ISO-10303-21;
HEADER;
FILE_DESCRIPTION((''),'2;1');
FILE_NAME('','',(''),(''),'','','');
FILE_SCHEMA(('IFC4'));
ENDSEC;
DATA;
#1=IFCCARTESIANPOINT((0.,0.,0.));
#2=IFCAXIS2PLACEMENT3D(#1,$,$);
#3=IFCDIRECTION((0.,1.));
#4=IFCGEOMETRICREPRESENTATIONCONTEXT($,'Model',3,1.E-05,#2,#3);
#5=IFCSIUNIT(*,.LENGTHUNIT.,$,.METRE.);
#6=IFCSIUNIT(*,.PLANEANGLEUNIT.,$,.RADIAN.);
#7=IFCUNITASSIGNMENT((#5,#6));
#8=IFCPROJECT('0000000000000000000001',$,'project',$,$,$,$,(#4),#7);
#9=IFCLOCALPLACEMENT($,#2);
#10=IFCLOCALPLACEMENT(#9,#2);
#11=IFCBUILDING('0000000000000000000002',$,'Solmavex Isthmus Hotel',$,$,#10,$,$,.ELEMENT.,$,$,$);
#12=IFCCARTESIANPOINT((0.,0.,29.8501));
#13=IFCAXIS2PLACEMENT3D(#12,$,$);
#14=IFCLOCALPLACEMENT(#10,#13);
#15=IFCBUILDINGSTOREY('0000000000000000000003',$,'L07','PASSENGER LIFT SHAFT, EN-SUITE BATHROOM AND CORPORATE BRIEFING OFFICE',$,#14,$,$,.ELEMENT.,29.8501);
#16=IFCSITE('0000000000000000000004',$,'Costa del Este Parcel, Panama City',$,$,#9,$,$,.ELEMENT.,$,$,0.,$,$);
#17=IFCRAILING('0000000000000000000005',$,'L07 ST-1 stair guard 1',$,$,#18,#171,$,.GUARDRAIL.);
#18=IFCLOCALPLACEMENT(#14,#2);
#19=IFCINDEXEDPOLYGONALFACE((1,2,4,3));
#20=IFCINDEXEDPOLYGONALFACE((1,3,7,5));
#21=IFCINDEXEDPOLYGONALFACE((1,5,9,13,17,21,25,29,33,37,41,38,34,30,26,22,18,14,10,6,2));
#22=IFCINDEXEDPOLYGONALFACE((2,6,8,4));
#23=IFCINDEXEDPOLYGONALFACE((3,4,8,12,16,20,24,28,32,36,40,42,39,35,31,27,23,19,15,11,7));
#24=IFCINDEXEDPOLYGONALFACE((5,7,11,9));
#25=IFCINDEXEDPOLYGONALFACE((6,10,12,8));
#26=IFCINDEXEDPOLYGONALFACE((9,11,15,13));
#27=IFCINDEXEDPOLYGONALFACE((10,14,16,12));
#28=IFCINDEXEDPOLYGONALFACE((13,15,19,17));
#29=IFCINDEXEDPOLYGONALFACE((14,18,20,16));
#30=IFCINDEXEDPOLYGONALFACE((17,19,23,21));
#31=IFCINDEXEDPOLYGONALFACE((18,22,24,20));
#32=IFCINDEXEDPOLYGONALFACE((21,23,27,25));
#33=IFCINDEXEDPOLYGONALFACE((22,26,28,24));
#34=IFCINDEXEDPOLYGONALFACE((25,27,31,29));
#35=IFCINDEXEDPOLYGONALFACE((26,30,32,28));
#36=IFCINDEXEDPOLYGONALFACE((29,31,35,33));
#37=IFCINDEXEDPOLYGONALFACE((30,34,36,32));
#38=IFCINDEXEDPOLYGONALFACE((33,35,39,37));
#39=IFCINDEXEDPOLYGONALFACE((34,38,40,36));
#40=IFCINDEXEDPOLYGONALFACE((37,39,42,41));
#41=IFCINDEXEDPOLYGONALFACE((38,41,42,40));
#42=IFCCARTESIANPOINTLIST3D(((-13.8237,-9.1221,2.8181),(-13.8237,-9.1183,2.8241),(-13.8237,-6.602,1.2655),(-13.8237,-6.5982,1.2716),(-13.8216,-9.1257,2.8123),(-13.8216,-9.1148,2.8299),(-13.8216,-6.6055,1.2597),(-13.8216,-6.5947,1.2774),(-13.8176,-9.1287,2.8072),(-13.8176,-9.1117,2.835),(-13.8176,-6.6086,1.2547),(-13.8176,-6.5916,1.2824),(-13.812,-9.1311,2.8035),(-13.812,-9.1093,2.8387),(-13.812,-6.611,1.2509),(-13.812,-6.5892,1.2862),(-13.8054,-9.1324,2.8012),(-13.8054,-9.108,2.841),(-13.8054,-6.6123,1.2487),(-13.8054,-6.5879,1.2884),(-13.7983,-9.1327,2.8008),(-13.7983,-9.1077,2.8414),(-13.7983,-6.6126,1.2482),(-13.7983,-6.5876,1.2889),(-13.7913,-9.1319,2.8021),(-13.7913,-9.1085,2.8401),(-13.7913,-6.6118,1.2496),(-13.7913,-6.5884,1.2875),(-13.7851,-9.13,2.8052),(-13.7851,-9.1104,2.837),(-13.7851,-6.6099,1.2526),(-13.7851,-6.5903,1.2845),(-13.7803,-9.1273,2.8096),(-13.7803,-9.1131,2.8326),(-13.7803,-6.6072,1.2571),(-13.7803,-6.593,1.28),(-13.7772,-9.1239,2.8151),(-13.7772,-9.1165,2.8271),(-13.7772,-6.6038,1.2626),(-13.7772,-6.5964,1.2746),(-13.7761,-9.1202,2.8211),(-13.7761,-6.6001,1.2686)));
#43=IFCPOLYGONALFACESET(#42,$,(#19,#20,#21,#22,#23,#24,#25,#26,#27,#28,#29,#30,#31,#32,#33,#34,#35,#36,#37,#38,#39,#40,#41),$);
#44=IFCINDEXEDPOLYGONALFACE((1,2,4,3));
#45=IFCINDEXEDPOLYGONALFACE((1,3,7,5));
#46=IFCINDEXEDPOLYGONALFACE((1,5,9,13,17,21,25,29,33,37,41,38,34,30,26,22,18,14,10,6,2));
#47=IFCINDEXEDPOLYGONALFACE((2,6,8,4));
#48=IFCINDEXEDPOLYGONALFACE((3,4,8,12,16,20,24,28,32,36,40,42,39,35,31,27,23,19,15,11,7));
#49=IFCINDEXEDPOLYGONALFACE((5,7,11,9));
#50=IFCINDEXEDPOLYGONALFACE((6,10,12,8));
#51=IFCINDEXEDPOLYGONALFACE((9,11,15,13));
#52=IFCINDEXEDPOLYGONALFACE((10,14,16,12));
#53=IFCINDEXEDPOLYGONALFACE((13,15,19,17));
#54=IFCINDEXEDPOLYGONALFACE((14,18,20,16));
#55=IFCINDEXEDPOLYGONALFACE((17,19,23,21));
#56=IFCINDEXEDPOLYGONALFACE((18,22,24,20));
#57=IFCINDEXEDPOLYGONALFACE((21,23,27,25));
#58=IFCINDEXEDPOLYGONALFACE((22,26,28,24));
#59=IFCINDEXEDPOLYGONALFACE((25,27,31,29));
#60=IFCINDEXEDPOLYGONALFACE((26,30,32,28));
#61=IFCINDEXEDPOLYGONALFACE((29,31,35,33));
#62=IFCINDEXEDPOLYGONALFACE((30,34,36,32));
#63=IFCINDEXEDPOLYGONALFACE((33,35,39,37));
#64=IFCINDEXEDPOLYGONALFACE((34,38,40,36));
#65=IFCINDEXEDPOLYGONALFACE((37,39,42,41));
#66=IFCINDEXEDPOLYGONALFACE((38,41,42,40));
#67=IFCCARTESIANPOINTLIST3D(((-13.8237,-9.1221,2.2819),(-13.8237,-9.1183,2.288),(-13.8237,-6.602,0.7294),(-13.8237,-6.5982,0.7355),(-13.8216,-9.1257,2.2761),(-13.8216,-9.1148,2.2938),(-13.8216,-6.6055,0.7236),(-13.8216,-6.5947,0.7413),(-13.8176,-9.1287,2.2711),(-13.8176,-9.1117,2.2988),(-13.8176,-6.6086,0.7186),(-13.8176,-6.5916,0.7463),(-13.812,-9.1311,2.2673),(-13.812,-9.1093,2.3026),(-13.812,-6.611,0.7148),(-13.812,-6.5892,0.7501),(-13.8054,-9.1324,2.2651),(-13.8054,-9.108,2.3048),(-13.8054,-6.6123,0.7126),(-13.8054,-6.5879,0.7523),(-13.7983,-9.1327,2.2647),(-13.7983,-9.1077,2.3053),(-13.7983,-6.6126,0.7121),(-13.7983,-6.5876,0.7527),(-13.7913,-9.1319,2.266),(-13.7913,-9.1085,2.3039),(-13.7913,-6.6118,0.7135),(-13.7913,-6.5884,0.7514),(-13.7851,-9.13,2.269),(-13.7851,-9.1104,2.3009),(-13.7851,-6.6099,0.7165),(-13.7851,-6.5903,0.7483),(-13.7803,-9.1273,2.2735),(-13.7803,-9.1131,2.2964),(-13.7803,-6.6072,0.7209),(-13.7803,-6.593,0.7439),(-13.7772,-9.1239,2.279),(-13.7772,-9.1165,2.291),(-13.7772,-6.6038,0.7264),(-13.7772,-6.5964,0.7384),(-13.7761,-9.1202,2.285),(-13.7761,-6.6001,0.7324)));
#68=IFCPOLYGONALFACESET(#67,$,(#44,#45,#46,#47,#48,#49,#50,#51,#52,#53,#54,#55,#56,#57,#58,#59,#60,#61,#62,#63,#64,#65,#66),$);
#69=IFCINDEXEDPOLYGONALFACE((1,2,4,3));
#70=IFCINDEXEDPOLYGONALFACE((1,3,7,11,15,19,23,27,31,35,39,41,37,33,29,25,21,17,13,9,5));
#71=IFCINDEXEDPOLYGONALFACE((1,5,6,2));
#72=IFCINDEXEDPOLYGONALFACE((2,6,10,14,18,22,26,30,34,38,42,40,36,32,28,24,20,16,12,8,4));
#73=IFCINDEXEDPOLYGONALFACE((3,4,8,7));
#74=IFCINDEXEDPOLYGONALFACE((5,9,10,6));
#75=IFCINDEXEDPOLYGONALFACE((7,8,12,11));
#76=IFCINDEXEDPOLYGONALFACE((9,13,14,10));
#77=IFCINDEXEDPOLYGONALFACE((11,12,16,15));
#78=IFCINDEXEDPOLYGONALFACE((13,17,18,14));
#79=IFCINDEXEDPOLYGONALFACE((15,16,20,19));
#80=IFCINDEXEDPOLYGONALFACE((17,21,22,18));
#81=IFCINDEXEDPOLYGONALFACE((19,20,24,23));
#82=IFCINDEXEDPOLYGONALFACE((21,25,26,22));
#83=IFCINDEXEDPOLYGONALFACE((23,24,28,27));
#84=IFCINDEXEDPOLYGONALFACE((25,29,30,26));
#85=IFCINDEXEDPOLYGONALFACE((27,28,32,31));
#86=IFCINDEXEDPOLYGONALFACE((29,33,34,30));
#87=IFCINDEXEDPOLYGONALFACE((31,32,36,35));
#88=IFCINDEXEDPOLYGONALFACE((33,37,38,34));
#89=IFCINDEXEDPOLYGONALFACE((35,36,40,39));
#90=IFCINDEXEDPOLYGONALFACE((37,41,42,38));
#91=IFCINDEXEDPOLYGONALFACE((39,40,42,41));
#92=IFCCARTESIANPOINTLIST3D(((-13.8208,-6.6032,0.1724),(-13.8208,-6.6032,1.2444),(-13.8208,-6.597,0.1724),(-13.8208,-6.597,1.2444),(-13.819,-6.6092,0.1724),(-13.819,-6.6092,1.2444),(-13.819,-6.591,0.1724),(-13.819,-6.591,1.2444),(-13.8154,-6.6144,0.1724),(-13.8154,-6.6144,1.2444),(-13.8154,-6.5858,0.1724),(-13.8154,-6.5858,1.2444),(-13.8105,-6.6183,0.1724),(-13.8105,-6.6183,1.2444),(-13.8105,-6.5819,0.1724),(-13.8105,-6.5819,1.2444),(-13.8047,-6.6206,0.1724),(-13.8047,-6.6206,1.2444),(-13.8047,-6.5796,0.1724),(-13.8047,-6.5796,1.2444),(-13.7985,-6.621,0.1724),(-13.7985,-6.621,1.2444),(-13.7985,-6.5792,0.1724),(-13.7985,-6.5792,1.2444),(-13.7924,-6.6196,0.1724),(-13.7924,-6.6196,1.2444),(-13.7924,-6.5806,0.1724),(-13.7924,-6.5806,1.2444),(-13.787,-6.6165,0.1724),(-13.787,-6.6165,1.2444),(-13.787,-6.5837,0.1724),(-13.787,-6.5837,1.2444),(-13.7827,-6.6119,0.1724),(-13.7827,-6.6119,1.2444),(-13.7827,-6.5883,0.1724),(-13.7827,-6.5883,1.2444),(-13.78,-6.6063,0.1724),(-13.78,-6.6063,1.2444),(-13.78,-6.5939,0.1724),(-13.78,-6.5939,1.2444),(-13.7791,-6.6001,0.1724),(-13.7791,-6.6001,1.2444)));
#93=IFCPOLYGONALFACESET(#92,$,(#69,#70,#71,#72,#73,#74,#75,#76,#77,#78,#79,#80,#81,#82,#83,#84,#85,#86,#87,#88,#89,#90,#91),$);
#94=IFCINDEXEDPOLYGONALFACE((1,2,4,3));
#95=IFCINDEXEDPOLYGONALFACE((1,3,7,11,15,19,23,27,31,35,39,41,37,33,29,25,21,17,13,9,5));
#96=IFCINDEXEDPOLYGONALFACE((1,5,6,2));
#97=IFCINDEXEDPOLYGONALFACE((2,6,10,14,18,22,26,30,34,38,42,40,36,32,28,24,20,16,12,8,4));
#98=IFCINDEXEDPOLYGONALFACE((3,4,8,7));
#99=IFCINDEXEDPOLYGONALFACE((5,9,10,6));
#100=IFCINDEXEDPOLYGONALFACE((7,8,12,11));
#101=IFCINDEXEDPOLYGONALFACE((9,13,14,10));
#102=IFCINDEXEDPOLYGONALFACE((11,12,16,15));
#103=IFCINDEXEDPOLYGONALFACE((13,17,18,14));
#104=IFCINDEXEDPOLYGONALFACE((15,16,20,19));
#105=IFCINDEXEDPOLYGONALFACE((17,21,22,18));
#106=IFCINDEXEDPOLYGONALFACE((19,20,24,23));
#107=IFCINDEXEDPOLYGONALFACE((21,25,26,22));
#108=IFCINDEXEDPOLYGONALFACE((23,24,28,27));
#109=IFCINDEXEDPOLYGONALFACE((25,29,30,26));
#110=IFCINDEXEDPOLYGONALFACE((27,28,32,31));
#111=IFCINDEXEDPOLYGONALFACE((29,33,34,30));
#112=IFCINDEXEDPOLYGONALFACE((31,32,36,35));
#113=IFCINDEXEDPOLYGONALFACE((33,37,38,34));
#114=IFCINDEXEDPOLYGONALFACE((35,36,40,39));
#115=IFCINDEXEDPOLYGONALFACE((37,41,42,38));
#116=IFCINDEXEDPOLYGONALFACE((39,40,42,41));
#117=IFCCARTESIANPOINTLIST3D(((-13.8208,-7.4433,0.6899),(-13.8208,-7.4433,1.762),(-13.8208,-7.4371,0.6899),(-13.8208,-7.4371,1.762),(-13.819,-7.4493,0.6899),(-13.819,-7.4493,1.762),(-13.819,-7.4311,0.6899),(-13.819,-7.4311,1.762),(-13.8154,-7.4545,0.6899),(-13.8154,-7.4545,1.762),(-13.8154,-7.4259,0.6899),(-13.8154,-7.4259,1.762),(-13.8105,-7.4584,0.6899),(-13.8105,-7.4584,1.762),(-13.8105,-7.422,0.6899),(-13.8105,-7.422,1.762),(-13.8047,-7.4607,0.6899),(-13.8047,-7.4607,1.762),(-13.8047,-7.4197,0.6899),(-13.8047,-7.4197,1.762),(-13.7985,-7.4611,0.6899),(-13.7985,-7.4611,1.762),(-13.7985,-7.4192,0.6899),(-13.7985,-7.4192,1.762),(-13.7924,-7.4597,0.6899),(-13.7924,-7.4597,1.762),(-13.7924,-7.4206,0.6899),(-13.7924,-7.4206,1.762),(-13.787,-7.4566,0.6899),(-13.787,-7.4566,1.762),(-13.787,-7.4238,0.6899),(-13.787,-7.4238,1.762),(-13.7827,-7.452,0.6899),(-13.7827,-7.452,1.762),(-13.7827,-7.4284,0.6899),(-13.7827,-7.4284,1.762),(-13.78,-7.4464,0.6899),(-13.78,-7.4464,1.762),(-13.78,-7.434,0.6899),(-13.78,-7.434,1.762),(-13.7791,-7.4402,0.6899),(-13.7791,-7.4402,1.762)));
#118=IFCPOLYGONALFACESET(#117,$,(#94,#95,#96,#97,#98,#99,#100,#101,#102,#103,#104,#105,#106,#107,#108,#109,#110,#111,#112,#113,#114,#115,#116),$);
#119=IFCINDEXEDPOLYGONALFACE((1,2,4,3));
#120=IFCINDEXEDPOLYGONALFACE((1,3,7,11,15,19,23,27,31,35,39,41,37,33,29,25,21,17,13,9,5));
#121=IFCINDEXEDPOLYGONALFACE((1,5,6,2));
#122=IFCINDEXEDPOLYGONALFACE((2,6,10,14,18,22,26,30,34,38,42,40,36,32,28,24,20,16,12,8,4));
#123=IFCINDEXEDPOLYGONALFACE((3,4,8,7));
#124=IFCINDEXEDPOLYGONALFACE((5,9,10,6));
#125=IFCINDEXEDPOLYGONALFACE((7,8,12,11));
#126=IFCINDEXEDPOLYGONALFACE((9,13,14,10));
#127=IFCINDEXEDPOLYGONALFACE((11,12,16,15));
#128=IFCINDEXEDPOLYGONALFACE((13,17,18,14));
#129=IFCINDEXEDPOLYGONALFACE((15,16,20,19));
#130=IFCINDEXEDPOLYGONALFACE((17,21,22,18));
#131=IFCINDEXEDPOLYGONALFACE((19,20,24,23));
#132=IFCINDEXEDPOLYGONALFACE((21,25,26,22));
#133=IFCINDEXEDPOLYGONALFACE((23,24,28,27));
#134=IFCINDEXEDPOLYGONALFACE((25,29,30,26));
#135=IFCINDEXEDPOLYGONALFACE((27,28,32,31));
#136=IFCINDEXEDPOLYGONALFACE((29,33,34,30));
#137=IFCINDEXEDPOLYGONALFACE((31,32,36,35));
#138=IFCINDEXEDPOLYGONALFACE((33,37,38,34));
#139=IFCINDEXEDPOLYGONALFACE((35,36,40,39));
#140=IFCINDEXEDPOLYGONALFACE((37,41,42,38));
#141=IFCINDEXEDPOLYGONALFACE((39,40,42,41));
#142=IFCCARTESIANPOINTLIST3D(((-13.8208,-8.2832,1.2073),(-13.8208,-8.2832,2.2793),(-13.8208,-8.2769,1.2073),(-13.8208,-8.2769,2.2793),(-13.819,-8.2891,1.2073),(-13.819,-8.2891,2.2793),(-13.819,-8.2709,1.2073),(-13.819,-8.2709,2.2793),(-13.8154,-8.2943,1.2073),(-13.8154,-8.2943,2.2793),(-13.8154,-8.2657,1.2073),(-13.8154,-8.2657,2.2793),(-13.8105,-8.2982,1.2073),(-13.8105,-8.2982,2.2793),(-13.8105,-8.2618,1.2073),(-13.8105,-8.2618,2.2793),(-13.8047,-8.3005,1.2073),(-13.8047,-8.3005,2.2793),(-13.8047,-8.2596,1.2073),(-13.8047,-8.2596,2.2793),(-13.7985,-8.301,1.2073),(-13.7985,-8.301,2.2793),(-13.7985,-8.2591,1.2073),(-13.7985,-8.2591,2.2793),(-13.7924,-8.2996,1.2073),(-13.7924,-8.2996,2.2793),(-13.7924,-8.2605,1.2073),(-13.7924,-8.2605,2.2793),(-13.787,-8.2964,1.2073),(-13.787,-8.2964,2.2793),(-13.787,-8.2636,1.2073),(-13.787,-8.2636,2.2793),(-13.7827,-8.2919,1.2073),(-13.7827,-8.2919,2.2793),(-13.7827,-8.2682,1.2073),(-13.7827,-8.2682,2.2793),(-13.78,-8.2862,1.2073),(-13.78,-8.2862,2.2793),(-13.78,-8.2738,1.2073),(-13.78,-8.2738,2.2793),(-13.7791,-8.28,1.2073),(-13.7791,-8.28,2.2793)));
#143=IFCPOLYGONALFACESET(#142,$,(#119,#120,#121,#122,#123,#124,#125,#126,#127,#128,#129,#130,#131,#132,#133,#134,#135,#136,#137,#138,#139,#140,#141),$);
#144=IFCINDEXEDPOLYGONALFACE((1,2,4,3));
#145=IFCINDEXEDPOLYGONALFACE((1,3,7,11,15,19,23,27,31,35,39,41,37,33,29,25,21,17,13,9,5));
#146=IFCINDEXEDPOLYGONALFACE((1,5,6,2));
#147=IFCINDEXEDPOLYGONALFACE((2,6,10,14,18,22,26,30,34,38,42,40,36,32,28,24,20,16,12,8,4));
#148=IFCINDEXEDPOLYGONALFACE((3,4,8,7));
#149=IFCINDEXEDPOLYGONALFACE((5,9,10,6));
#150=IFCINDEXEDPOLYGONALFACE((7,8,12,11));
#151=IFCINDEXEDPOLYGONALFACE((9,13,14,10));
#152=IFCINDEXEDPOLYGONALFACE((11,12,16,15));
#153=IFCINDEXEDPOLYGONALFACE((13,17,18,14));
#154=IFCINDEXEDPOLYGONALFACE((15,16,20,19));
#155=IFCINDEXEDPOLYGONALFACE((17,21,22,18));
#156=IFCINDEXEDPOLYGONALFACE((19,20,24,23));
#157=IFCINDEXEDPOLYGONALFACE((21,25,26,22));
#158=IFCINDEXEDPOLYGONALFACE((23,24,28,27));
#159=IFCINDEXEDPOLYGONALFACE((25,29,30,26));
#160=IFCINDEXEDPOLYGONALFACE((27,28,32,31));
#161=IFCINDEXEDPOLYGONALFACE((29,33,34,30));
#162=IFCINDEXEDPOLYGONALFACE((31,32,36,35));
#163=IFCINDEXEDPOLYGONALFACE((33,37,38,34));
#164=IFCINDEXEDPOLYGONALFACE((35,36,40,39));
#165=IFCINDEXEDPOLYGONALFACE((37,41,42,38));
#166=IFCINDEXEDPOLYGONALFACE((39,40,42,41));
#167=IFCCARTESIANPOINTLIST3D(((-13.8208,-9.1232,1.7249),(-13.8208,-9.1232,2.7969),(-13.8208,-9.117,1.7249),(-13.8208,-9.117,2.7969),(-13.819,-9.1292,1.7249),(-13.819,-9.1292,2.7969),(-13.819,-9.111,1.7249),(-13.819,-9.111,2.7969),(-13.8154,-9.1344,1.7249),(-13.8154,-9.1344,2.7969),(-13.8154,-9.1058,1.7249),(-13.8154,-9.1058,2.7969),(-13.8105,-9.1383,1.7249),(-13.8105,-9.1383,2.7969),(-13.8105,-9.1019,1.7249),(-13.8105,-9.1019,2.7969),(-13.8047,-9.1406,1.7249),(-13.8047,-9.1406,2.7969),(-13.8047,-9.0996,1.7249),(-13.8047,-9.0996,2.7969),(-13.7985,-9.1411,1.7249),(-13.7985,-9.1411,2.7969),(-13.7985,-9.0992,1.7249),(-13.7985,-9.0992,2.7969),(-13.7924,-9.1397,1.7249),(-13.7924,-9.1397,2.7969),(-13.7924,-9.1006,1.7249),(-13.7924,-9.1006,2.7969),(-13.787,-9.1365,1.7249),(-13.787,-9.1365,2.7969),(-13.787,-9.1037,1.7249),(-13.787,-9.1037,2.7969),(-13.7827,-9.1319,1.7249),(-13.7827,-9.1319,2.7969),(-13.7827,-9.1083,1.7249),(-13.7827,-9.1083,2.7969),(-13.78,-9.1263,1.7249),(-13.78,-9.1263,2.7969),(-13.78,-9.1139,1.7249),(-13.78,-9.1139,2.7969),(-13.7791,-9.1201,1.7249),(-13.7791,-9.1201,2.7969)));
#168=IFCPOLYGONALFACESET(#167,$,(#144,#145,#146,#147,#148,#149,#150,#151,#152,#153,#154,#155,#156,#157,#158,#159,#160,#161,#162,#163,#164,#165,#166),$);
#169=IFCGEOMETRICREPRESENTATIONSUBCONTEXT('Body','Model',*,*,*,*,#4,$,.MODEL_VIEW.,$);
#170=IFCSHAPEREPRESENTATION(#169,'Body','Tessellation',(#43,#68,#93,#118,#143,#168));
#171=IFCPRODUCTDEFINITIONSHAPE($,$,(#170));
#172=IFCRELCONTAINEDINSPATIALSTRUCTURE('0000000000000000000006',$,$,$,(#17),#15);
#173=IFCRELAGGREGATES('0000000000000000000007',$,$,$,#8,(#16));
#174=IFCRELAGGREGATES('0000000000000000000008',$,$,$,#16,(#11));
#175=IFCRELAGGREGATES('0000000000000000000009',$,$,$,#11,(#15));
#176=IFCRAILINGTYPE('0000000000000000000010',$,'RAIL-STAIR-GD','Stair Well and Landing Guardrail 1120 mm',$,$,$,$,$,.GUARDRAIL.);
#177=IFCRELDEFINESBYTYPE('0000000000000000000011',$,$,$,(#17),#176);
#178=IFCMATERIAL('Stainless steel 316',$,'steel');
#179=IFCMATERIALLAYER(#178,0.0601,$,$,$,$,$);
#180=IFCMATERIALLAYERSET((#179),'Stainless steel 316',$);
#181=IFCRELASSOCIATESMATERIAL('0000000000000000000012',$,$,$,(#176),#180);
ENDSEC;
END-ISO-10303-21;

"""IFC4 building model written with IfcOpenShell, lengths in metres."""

from ifc_helpers import new_model, si_unit, direction, frame, origin, origin_2d, place, context, subcontext, project, spatial, circle, extrude, material, layer, layer_set, type_object, element, save


model = new_model("IFC4")

# Units and contexts
model_context = context("Model", 3, precision=1e-05, world=origin(), true_north=direction((0.0, 1.0)))
body_context = subcontext(model_context, "Body", "Model", "MODEL_VIEW")
ifc_project = project(units=[si_unit("LENGTHUNIT", "METRE"), si_unit("PLANEANGLEUNIT", "RADIAN")], contexts=[model_context])

# Site, building, storey
site_placement = place(None, origin())
site = spatial("IfcSite", under=ifc_project, at=site_placement, Name="Costa del Este Parcel, Panama City", CompositionType="ELEMENT", RefElevation=0.0)
building_placement = place(site_placement, origin())
building = spatial("IfcBuilding", under=site, at=building_placement, Name="Solmavex Isthmus Hotel", CompositionType="ELEMENT")
storey_placement = place(building_placement, frame((0.0, 0.0, 29.8501)))
storey = spatial("IfcBuildingStorey", under=building, at=storey_placement, Name="L07", Description="PASSENGER LIFT SHAFT, EN-SUITE BATHROOM AND CORPORATE BRIEFING OFFICE", CompositionType="ELEMENT", Elevation=29.8501)

# Shared definitions
ifc_material_1 = material(Name="Stainless steel 316", Category="steel")

# Railing
ifc_layer_1 = layer(ifc_material_1, 0.0601)
ifc_layer_set_1 = layer_set([ifc_layer_1], Name="Stainless steel 316")
railing_type_1 = type_object("IfcRailingType", Name="RAIL-STAIR-GD", Description="Stair Well and Landing Guardrail 1120 mm", PredefinedType="GUARDRAIL", material=ifc_layer_set_1)
railing_1_placement = place(storey_placement, frame((-13.8, -6.6001, 0.1724)))
element("IfcRailing", 1, at=railing_1_placement, inside=storey, type_object=railing_type_1, Name="L07 ST-1 stair guard 1", PredefinedType="GUARDRAIL", context=body_context, shape_type="SweptSolid", body=[
    extrude(circle(Radius=0.0239, at=origin_2d()), frame((0.0, 0.0, 1.0962), z_axis=(0.0, -0.8514, 0.524516), x_axis=(1.0, 0.0, 0.0)), (0.0, 0.0, 1.0), 2.96),
    extrude(circle(Radius=0.0239, at=origin_2d()), frame((0.0, 0.0, 0.5601), z_axis=(0.0, -0.8514, 0.524516), x_axis=(1.0, 0.0, 0.0)), (0.0, 0.0, 1.0), 2.96),
    extrude(circle(Radius=0.021, at=origin_2d()), origin(), (0.0, 0.0, 1.0), 1.072),
    extrude(circle(Radius=0.021, at=origin_2d()), frame((0.0, -0.8401, 0.5176)), (0.0, 0.0, 1.0), 1.072),
    extrude(circle(Radius=0.021, at=origin_2d()), frame((0.0, -1.6799, 1.0349)), (0.0, 0.0, 1.0), 1.072),
    extrude(circle(Radius=0.021, at=origin_2d()), frame((0.0, -2.52, 1.5525)), (0.0, 0.0, 1.0), 1.072),
])

save(model, "model.ifc")
